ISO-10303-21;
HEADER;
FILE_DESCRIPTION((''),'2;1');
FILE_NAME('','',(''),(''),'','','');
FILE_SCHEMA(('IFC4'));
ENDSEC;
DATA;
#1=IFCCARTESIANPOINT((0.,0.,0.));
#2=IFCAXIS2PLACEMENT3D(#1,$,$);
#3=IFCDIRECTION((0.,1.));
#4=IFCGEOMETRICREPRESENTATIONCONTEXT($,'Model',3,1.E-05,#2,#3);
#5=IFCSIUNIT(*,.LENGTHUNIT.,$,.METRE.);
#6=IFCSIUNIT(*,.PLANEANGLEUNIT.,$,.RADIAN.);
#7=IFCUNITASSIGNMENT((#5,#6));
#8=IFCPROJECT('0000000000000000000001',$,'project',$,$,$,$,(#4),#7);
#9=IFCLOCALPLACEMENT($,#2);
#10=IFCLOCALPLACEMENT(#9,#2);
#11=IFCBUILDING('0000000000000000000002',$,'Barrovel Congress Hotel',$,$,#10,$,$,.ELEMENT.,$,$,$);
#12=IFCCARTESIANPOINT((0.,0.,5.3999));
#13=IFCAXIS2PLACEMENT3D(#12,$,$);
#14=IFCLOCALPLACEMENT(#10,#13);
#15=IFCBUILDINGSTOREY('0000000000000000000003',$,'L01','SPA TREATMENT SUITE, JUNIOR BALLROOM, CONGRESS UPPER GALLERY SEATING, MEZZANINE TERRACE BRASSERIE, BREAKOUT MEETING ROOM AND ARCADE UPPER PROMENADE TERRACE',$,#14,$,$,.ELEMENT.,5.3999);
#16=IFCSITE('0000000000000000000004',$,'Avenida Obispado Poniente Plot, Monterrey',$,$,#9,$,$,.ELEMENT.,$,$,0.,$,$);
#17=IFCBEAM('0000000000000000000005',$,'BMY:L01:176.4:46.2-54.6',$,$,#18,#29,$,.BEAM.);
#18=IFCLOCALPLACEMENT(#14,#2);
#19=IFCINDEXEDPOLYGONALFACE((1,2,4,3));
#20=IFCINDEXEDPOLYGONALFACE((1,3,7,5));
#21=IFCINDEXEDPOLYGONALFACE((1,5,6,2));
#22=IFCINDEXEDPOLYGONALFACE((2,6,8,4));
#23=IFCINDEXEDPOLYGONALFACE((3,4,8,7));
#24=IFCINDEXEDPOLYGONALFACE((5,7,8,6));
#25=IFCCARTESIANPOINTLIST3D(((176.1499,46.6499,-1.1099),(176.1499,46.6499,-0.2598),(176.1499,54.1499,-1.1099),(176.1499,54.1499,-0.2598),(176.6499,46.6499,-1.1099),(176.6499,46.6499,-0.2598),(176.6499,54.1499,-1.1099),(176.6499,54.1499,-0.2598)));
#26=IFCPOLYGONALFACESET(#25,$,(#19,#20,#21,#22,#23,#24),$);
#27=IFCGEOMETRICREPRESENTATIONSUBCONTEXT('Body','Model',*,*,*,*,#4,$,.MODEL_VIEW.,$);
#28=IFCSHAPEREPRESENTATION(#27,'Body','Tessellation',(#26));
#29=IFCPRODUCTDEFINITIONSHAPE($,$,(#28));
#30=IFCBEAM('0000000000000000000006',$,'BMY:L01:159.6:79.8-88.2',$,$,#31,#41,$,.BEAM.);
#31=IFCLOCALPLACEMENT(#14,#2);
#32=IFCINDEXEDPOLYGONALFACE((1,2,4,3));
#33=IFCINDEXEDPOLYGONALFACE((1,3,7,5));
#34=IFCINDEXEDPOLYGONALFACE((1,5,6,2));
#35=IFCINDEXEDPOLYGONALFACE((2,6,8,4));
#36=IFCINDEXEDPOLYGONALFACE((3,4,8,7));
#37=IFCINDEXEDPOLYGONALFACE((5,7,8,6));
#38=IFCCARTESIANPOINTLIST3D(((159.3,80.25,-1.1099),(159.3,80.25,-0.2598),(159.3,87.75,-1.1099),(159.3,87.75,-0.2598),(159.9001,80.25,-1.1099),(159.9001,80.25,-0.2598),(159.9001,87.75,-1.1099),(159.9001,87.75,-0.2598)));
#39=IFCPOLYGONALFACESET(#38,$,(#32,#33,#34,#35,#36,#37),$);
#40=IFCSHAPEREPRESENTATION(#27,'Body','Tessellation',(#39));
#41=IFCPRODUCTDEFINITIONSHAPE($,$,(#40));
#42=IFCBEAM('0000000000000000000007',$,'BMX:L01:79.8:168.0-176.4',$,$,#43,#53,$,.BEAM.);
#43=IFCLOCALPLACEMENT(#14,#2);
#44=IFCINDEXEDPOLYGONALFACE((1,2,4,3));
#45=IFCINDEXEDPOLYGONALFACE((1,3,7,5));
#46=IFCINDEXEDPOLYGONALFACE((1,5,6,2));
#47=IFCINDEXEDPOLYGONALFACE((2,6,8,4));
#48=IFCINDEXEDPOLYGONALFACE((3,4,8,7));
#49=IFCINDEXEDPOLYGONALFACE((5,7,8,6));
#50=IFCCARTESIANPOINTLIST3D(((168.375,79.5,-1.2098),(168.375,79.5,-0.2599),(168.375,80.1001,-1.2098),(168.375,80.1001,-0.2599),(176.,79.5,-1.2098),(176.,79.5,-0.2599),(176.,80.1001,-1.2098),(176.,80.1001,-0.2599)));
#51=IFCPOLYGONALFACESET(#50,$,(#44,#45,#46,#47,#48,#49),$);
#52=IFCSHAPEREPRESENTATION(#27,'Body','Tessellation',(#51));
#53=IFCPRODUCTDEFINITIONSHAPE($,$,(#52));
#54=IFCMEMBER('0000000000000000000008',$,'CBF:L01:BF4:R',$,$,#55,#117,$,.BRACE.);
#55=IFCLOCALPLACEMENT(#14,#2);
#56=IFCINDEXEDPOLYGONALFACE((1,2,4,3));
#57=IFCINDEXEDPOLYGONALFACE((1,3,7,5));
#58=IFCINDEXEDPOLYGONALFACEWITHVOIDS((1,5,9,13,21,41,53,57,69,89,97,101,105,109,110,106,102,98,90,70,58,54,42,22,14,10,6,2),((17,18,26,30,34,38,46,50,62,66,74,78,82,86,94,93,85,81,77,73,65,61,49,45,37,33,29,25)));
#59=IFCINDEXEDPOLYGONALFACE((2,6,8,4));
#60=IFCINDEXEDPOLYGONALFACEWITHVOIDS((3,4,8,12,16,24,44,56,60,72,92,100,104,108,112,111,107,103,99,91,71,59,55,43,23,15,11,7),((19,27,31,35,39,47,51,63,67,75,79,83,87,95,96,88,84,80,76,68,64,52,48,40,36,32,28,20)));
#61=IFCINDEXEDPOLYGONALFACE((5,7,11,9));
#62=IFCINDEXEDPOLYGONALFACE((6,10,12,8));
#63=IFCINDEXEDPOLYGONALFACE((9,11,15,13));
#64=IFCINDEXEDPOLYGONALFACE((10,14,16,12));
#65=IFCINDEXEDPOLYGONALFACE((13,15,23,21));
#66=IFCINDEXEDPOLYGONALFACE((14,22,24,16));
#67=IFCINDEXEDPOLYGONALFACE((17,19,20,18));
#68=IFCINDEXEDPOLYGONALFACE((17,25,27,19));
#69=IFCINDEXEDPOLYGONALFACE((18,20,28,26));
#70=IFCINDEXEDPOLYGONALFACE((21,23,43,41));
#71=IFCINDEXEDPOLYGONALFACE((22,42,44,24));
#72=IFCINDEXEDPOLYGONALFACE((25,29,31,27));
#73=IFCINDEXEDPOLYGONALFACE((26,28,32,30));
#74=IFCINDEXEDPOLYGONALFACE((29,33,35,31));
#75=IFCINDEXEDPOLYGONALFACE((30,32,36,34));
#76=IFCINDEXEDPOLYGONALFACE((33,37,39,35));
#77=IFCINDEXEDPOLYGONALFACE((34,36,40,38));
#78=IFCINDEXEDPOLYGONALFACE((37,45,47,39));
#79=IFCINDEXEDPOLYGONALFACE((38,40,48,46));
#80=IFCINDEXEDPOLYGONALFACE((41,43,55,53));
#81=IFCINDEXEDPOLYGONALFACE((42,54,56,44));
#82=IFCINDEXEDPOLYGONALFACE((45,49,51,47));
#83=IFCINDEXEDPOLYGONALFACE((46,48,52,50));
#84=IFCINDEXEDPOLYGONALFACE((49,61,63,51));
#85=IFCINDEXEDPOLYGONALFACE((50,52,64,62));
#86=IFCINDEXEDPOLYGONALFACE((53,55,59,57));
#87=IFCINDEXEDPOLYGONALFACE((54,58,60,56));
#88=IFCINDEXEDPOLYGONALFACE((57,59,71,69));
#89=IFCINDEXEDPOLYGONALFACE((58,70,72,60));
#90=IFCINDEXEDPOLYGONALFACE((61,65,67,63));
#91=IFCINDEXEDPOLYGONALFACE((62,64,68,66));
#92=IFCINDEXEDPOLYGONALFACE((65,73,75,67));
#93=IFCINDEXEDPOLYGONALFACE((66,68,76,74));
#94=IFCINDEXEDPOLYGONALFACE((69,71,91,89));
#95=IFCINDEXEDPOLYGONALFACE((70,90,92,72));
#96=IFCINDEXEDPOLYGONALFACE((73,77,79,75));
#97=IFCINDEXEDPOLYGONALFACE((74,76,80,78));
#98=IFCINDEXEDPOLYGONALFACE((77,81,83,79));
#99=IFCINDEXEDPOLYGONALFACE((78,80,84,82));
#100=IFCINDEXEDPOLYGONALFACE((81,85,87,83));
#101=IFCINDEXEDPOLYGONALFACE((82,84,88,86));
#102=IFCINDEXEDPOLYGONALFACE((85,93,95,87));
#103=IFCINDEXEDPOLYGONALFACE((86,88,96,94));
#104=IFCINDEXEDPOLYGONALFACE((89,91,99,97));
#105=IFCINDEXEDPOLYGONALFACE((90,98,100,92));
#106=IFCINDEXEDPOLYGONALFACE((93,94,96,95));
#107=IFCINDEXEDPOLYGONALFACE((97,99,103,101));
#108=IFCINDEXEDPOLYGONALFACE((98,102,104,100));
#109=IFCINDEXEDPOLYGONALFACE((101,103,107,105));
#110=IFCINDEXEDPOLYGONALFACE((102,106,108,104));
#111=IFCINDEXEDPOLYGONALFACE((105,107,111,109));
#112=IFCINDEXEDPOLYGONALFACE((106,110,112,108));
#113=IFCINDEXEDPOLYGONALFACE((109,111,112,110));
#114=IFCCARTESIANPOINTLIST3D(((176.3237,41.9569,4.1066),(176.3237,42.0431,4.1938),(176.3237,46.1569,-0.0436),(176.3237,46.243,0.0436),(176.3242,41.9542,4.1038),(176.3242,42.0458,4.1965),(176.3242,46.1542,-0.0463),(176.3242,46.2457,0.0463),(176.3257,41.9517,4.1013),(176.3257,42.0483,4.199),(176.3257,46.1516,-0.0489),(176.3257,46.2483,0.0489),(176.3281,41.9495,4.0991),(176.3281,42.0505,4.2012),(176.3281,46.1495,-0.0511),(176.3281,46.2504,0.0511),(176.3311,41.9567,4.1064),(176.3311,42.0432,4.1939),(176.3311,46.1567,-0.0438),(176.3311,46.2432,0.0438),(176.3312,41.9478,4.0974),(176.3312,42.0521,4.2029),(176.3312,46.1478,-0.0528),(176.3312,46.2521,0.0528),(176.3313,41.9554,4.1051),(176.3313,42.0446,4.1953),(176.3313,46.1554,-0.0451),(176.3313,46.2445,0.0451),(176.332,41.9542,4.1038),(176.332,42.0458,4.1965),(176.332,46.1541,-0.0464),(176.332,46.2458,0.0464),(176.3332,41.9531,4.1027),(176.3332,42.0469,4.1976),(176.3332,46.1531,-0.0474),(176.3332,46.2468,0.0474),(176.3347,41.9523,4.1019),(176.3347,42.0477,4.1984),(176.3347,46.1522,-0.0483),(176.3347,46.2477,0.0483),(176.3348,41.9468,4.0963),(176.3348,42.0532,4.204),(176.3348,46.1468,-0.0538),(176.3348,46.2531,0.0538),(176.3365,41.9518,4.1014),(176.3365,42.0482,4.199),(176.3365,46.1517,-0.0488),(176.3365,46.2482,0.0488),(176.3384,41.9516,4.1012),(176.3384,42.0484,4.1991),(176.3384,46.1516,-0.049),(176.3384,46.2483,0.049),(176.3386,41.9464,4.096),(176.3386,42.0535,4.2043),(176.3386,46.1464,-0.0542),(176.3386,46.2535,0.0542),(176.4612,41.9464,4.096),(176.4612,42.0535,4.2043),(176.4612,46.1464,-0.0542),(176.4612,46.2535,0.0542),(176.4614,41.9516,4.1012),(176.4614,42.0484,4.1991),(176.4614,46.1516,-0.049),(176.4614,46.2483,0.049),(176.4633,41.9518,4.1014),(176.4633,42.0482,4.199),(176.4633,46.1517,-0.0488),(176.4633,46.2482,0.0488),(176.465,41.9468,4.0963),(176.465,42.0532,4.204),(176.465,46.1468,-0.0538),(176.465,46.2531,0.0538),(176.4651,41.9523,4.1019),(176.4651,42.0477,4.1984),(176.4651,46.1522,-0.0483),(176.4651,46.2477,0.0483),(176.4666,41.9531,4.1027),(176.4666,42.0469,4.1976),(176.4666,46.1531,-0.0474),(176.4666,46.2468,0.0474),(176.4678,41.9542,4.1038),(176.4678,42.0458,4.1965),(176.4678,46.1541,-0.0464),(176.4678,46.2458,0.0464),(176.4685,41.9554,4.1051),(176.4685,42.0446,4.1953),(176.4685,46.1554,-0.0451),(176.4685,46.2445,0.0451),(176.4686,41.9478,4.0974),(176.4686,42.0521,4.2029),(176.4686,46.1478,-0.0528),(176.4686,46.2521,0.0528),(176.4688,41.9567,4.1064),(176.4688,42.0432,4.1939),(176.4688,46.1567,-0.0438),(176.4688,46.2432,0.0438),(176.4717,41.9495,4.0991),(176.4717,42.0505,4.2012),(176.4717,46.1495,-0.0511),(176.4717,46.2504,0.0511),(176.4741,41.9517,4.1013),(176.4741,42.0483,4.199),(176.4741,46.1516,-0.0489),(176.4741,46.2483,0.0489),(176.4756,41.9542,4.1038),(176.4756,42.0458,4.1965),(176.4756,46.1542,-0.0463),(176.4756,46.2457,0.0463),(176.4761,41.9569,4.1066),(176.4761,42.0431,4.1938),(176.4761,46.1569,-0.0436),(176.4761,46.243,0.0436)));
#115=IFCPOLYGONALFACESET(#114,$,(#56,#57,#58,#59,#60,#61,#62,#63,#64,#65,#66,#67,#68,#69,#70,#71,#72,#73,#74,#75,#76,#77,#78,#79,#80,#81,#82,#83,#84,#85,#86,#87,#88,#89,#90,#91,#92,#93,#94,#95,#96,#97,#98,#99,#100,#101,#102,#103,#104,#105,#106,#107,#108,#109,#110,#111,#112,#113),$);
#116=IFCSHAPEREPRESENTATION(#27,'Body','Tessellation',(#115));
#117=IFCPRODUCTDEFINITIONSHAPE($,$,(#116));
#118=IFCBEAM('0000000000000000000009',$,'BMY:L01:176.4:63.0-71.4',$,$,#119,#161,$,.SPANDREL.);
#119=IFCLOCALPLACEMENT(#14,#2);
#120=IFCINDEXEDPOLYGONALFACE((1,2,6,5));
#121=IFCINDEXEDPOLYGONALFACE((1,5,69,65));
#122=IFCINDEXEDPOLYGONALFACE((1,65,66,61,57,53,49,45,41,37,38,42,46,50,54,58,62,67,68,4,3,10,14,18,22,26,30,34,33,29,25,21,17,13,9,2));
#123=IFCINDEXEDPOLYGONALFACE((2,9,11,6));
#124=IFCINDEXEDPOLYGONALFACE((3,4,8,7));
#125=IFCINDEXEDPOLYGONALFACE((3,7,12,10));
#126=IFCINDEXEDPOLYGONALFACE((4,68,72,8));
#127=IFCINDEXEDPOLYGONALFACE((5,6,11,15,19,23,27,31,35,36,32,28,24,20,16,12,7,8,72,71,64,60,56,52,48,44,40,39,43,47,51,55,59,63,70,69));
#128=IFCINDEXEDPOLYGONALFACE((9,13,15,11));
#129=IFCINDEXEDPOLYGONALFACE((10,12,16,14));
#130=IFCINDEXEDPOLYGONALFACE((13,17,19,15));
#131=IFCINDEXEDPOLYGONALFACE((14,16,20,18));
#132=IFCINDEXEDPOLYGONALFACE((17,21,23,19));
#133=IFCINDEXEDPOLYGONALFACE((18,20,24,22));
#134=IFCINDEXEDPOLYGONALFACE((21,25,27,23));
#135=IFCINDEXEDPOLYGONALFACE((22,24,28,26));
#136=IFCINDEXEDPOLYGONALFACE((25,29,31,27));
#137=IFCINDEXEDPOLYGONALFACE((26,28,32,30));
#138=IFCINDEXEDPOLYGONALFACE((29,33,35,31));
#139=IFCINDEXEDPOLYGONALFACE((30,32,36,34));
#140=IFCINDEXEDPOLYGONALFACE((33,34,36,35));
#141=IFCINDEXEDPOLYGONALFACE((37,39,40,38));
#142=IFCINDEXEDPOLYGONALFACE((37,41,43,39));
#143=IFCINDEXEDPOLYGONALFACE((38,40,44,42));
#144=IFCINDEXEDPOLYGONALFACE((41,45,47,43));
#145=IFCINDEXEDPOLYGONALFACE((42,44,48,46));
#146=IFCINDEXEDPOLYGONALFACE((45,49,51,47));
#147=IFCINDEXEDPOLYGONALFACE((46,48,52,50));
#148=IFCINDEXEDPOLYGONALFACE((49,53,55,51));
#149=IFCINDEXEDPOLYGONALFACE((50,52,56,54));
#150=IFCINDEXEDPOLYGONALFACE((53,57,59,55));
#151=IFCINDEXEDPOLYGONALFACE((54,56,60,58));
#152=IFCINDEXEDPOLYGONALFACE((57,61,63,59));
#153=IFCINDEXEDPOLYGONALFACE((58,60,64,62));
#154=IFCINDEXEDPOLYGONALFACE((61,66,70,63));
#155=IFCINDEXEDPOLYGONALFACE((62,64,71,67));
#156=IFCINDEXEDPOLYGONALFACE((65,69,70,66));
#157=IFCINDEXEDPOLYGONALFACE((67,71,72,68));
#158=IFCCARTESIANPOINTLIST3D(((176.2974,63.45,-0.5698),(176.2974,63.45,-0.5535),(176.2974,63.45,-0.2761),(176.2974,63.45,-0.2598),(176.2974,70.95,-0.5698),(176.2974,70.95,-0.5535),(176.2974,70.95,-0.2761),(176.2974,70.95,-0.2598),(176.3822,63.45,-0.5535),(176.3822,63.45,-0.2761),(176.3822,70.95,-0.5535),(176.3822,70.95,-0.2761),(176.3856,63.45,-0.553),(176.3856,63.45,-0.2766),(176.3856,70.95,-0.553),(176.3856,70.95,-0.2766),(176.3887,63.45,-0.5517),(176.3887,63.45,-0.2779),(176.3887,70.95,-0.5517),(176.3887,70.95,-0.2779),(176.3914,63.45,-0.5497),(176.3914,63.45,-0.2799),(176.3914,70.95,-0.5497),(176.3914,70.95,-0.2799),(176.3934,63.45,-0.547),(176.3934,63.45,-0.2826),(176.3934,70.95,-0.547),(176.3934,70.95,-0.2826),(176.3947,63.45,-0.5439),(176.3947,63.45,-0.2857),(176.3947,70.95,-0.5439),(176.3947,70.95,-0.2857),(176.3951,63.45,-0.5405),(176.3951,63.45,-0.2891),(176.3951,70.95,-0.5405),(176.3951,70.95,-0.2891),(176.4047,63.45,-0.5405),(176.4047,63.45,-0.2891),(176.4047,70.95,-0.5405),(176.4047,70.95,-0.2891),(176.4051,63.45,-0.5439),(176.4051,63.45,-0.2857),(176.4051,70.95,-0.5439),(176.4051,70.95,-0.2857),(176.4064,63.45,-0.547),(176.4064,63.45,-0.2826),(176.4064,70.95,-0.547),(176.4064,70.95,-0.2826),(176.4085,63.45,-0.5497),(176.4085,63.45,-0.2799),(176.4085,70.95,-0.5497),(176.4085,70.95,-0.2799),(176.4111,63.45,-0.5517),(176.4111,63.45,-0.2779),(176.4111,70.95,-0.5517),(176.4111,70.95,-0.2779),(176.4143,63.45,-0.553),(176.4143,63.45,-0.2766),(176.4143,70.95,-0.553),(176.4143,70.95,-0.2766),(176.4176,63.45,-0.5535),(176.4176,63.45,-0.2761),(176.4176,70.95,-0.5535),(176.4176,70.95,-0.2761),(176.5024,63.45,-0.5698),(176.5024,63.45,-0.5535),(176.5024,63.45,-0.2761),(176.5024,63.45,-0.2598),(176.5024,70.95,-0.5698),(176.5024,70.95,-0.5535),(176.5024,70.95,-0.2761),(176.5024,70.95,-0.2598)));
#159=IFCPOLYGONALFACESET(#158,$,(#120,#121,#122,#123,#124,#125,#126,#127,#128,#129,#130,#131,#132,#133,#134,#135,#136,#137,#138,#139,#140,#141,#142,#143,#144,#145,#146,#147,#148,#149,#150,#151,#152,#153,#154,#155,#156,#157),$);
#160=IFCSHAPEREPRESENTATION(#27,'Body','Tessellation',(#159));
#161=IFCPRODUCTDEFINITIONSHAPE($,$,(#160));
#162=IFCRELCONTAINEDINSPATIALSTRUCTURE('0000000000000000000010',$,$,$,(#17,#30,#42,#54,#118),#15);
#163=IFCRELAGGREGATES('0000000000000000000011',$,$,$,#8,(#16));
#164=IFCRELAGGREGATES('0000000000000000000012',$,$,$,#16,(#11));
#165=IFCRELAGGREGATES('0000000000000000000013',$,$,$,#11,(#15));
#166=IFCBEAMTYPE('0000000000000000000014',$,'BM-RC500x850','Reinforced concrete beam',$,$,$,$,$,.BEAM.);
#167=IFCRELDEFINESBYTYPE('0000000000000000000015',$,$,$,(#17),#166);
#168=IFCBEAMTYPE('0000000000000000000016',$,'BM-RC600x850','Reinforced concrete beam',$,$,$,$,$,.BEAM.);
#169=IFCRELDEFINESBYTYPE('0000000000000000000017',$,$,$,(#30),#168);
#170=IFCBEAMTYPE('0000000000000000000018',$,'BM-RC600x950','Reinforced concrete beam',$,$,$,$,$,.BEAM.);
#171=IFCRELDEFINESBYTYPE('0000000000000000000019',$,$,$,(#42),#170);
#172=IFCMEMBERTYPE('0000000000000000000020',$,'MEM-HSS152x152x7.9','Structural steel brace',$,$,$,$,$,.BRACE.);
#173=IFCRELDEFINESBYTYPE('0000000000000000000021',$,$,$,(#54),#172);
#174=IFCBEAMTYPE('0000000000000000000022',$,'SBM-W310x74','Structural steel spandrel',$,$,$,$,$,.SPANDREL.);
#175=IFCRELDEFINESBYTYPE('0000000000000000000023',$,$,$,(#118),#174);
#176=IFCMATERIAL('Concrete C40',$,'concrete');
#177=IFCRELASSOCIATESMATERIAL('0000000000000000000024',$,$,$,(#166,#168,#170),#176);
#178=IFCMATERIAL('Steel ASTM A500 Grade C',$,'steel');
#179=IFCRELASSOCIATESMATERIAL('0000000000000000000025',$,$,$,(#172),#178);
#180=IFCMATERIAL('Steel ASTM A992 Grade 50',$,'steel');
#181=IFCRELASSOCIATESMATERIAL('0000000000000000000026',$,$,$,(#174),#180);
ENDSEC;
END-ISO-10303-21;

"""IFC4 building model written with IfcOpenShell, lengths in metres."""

from ifc_helpers import new_model, si_unit, direction, frame, origin, origin_2d, place, context, subcontext, project, spatial, rectangle, hollow_rectangle, i_section, extrude, material, material_profile, profile_set, type_object, element, save


model = new_model("IFC4")

# Units and contexts
model_context = context("Model", 3, precision=1e-05, world=origin(), true_north=direction((0.0, 1.0)))
body_context = subcontext(model_context, "Body", "Model", "MODEL_VIEW")
ifc_project = project(units=[si_unit("LENGTHUNIT", "METRE"), si_unit("PLANEANGLEUNIT", "RADIAN")], contexts=[model_context])

# Site, building, storey
site_placement = place(None, origin())
site = spatial("IfcSite", under=ifc_project, at=site_placement, Name="Avenida Obispado Poniente Plot, Monterrey", CompositionType="ELEMENT", RefElevation=0.0)
building_placement = place(site_placement, origin())
building = spatial("IfcBuilding", under=site, at=building_placement, Name="Barrovel Congress Hotel", CompositionType="ELEMENT")
storey_placement = place(building_placement, frame((0.0, 0.0, 5.3999)))
storey = spatial("IfcBuildingStorey", under=building, at=storey_placement, Name="L01", Description="SPA TREATMENT SUITE, JUNIOR BALLROOM, CONGRESS UPPER GALLERY SEATING, MEZZANINE TERRACE BRASSERIE, BREAKOUT MEETING ROOM AND ARCADE UPPER PROMENADE TERRACE", CompositionType="ELEMENT", Elevation=5.3999)

# Shared definitions
ifc_material_1 = material(Name="Concrete C40", Category="concrete")

# Beams
ifc_material_profile_1 = material_profile(ifc_material_1, rectangle(XDim=0.5, YDim=0.8501, at=origin_2d()), Name="RC500x850")
ifc_profile_set_1 = profile_set([ifc_material_profile_1], Name="Concrete C40")
beam_type_1 = type_object("IfcBeamType", Name="BM-RC500x850", Description="Reinforced concrete beam", PredefinedType="BEAM", material=ifc_profile_set_1)
beam_1_placement = place(storey_placement, frame((176.3999, 46.6499, -0.6848), z_axis=(0.0, 1.0, 0.0), x_axis=(-1.0, 0.0, 0.0)))
element("IfcBeam", 1, at=beam_1_placement, inside=storey, type_object=beam_type_1, Name="BMY:L01:176.4:46.2-54.6", PredefinedType="BEAM", context=body_context, shape_type="SweptSolid", body=[
    extrude(rectangle(XDim=0.5, YDim=0.8501, at=origin_2d()), origin(), (0.0, 0.0, 1.0), 7.5),
])
ifc_material_profile_2 = material_profile(ifc_material_1, rectangle(XDim=0.6001, YDim=0.8501, at=origin_2d()), Name="RC600x850")
ifc_profile_set_2 = profile_set([ifc_material_profile_2], Name="Concrete C40")
beam_type_2 = type_object("IfcBeamType", Name="BM-RC600x850", Description="Reinforced concrete beam", PredefinedType="BEAM", material=ifc_profile_set_2)
beam_2_placement = place(storey_placement, frame((159.6001, 80.25, -0.6848), z_axis=(0.0, 1.0, 0.0), x_axis=(-1.0, 0.0, 0.0)))
element("IfcBeam", 2, at=beam_2_placement, inside=storey, type_object=beam_type_2, Name="BMY:L01:159.6:79.8-88.2", PredefinedType="BEAM", context=body_context, shape_type="SweptSolid", body=[
    extrude(rectangle(XDim=0.6001, YDim=0.8501, at=origin_2d()), origin(), (0.0, 0.0, 1.0), 7.5),
])
ifc_material_profile_3 = material_profile(ifc_material_1, rectangle(XDim=0.6001, YDim=0.95, at=origin_2d()), Name="RC600x950")
ifc_profile_set_3 = profile_set([ifc_material_profile_3], Name="Concrete C40")
beam_type_3 = type_object("IfcBeamType", Name="BM-RC600x950", Description="Reinforced concrete beam", PredefinedType="BEAM", material=ifc_profile_set_3)
beam_3_placement = place(storey_placement, frame((168.375, 79.8, -0.7349), z_axis=(1.0, 0.0, 0.0), x_axis=(0.0, 1.0, 0.0)))
element("IfcBeam", 3, at=beam_3_placement, inside=storey, type_object=beam_type_3, Name="BMX:L01:79.8:168.0-176.4", PredefinedType="BEAM", context=body_context, shape_type="SweptSolid", body=[
    extrude(rectangle(XDim=0.6001, YDim=0.95, at=origin_2d()), origin(), (0.0, 0.0, 1.0), 7.625),
])

# Member
ifc_material_2 = material(Name="Steel ASTM A500 Grade C", Category="steel")
ifc_material_profile_4 = material_profile(ifc_material_2, hollow_rectangle(XDim=0.1523, YDim=0.1523, WallThickness=0.0073, InnerFilletRadius=0.0073, OuterFilletRadius=0.0149, at=origin_2d()), Name="HSS152x152x7.9")
ifc_profile_set_4 = profile_set([ifc_material_profile_4], Name="Steel ASTM A500 Grade C")
member_type = type_object("IfcMemberType", Name="MEM-HSS152x152x7.9", Description="Structural steel brace", PredefinedType="BRACE", material=ifc_profile_set_4)
member_placement = place(storey_placement, frame((176.3999, 46.2, 0.0), z_axis=(0.0, -0.711312, 0.702877), x_axis=(1.0, 0.0, 0.0)))
element("IfcMember", 4, at=member_placement, inside=storey, type_object=member_type, Name="CBF:L01:BF4:R", PredefinedType="BRACE", context=body_context, shape_type="SweptSolid", body=[
    extrude(hollow_rectangle(XDim=0.1523, YDim=0.1523, WallThickness=0.0073, InnerFilletRadius=0.0073, OuterFilletRadius=0.0149, at=origin_2d()), origin(), (0.0, 0.0, 1.0), 5.9045),
])

# Beam
ifc_material_3 = material(Name="Steel ASTM A992 Grade 50", Category="steel")
ifc_material_profile_5 = material_profile(ifc_material_3, i_section(OverallWidth=0.2051, OverallDepth=0.3101, WebThickness=0.0095, FlangeThickness=0.0164, FilletRadius=0.0129, at=origin_2d()), Name="W310x74")
ifc_profile_set_5 = profile_set([ifc_material_profile_5], Name="Steel ASTM A992 Grade 50")
beam_type_4 = type_object("IfcBeamType", Name="SBM-W310x74", Description="Structural steel spandrel", PredefinedType="SPANDREL", material=ifc_profile_set_5)
beam_4_placement = place(storey_placement, frame((176.3999, 63.45, -0.4148), z_axis=(0.0, 1.0, 0.0), x_axis=(-1.0, 0.0, 0.0)))
element("IfcBeam", 5, at=beam_4_placement, inside=storey, type_object=beam_type_4, Name="BMY:L01:176.4:63.0-71.4", PredefinedType="SPANDREL", context=body_context, shape_type="SweptSolid", body=[
    extrude(i_section(OverallWidth=0.2051, OverallDepth=0.3101, WebThickness=0.0095, FlangeThickness=0.0164, FilletRadius=0.0129, at=origin_2d()), origin(), (0.0, 0.0, 1.0), 7.5),
])

save(model, "model.ifc")
